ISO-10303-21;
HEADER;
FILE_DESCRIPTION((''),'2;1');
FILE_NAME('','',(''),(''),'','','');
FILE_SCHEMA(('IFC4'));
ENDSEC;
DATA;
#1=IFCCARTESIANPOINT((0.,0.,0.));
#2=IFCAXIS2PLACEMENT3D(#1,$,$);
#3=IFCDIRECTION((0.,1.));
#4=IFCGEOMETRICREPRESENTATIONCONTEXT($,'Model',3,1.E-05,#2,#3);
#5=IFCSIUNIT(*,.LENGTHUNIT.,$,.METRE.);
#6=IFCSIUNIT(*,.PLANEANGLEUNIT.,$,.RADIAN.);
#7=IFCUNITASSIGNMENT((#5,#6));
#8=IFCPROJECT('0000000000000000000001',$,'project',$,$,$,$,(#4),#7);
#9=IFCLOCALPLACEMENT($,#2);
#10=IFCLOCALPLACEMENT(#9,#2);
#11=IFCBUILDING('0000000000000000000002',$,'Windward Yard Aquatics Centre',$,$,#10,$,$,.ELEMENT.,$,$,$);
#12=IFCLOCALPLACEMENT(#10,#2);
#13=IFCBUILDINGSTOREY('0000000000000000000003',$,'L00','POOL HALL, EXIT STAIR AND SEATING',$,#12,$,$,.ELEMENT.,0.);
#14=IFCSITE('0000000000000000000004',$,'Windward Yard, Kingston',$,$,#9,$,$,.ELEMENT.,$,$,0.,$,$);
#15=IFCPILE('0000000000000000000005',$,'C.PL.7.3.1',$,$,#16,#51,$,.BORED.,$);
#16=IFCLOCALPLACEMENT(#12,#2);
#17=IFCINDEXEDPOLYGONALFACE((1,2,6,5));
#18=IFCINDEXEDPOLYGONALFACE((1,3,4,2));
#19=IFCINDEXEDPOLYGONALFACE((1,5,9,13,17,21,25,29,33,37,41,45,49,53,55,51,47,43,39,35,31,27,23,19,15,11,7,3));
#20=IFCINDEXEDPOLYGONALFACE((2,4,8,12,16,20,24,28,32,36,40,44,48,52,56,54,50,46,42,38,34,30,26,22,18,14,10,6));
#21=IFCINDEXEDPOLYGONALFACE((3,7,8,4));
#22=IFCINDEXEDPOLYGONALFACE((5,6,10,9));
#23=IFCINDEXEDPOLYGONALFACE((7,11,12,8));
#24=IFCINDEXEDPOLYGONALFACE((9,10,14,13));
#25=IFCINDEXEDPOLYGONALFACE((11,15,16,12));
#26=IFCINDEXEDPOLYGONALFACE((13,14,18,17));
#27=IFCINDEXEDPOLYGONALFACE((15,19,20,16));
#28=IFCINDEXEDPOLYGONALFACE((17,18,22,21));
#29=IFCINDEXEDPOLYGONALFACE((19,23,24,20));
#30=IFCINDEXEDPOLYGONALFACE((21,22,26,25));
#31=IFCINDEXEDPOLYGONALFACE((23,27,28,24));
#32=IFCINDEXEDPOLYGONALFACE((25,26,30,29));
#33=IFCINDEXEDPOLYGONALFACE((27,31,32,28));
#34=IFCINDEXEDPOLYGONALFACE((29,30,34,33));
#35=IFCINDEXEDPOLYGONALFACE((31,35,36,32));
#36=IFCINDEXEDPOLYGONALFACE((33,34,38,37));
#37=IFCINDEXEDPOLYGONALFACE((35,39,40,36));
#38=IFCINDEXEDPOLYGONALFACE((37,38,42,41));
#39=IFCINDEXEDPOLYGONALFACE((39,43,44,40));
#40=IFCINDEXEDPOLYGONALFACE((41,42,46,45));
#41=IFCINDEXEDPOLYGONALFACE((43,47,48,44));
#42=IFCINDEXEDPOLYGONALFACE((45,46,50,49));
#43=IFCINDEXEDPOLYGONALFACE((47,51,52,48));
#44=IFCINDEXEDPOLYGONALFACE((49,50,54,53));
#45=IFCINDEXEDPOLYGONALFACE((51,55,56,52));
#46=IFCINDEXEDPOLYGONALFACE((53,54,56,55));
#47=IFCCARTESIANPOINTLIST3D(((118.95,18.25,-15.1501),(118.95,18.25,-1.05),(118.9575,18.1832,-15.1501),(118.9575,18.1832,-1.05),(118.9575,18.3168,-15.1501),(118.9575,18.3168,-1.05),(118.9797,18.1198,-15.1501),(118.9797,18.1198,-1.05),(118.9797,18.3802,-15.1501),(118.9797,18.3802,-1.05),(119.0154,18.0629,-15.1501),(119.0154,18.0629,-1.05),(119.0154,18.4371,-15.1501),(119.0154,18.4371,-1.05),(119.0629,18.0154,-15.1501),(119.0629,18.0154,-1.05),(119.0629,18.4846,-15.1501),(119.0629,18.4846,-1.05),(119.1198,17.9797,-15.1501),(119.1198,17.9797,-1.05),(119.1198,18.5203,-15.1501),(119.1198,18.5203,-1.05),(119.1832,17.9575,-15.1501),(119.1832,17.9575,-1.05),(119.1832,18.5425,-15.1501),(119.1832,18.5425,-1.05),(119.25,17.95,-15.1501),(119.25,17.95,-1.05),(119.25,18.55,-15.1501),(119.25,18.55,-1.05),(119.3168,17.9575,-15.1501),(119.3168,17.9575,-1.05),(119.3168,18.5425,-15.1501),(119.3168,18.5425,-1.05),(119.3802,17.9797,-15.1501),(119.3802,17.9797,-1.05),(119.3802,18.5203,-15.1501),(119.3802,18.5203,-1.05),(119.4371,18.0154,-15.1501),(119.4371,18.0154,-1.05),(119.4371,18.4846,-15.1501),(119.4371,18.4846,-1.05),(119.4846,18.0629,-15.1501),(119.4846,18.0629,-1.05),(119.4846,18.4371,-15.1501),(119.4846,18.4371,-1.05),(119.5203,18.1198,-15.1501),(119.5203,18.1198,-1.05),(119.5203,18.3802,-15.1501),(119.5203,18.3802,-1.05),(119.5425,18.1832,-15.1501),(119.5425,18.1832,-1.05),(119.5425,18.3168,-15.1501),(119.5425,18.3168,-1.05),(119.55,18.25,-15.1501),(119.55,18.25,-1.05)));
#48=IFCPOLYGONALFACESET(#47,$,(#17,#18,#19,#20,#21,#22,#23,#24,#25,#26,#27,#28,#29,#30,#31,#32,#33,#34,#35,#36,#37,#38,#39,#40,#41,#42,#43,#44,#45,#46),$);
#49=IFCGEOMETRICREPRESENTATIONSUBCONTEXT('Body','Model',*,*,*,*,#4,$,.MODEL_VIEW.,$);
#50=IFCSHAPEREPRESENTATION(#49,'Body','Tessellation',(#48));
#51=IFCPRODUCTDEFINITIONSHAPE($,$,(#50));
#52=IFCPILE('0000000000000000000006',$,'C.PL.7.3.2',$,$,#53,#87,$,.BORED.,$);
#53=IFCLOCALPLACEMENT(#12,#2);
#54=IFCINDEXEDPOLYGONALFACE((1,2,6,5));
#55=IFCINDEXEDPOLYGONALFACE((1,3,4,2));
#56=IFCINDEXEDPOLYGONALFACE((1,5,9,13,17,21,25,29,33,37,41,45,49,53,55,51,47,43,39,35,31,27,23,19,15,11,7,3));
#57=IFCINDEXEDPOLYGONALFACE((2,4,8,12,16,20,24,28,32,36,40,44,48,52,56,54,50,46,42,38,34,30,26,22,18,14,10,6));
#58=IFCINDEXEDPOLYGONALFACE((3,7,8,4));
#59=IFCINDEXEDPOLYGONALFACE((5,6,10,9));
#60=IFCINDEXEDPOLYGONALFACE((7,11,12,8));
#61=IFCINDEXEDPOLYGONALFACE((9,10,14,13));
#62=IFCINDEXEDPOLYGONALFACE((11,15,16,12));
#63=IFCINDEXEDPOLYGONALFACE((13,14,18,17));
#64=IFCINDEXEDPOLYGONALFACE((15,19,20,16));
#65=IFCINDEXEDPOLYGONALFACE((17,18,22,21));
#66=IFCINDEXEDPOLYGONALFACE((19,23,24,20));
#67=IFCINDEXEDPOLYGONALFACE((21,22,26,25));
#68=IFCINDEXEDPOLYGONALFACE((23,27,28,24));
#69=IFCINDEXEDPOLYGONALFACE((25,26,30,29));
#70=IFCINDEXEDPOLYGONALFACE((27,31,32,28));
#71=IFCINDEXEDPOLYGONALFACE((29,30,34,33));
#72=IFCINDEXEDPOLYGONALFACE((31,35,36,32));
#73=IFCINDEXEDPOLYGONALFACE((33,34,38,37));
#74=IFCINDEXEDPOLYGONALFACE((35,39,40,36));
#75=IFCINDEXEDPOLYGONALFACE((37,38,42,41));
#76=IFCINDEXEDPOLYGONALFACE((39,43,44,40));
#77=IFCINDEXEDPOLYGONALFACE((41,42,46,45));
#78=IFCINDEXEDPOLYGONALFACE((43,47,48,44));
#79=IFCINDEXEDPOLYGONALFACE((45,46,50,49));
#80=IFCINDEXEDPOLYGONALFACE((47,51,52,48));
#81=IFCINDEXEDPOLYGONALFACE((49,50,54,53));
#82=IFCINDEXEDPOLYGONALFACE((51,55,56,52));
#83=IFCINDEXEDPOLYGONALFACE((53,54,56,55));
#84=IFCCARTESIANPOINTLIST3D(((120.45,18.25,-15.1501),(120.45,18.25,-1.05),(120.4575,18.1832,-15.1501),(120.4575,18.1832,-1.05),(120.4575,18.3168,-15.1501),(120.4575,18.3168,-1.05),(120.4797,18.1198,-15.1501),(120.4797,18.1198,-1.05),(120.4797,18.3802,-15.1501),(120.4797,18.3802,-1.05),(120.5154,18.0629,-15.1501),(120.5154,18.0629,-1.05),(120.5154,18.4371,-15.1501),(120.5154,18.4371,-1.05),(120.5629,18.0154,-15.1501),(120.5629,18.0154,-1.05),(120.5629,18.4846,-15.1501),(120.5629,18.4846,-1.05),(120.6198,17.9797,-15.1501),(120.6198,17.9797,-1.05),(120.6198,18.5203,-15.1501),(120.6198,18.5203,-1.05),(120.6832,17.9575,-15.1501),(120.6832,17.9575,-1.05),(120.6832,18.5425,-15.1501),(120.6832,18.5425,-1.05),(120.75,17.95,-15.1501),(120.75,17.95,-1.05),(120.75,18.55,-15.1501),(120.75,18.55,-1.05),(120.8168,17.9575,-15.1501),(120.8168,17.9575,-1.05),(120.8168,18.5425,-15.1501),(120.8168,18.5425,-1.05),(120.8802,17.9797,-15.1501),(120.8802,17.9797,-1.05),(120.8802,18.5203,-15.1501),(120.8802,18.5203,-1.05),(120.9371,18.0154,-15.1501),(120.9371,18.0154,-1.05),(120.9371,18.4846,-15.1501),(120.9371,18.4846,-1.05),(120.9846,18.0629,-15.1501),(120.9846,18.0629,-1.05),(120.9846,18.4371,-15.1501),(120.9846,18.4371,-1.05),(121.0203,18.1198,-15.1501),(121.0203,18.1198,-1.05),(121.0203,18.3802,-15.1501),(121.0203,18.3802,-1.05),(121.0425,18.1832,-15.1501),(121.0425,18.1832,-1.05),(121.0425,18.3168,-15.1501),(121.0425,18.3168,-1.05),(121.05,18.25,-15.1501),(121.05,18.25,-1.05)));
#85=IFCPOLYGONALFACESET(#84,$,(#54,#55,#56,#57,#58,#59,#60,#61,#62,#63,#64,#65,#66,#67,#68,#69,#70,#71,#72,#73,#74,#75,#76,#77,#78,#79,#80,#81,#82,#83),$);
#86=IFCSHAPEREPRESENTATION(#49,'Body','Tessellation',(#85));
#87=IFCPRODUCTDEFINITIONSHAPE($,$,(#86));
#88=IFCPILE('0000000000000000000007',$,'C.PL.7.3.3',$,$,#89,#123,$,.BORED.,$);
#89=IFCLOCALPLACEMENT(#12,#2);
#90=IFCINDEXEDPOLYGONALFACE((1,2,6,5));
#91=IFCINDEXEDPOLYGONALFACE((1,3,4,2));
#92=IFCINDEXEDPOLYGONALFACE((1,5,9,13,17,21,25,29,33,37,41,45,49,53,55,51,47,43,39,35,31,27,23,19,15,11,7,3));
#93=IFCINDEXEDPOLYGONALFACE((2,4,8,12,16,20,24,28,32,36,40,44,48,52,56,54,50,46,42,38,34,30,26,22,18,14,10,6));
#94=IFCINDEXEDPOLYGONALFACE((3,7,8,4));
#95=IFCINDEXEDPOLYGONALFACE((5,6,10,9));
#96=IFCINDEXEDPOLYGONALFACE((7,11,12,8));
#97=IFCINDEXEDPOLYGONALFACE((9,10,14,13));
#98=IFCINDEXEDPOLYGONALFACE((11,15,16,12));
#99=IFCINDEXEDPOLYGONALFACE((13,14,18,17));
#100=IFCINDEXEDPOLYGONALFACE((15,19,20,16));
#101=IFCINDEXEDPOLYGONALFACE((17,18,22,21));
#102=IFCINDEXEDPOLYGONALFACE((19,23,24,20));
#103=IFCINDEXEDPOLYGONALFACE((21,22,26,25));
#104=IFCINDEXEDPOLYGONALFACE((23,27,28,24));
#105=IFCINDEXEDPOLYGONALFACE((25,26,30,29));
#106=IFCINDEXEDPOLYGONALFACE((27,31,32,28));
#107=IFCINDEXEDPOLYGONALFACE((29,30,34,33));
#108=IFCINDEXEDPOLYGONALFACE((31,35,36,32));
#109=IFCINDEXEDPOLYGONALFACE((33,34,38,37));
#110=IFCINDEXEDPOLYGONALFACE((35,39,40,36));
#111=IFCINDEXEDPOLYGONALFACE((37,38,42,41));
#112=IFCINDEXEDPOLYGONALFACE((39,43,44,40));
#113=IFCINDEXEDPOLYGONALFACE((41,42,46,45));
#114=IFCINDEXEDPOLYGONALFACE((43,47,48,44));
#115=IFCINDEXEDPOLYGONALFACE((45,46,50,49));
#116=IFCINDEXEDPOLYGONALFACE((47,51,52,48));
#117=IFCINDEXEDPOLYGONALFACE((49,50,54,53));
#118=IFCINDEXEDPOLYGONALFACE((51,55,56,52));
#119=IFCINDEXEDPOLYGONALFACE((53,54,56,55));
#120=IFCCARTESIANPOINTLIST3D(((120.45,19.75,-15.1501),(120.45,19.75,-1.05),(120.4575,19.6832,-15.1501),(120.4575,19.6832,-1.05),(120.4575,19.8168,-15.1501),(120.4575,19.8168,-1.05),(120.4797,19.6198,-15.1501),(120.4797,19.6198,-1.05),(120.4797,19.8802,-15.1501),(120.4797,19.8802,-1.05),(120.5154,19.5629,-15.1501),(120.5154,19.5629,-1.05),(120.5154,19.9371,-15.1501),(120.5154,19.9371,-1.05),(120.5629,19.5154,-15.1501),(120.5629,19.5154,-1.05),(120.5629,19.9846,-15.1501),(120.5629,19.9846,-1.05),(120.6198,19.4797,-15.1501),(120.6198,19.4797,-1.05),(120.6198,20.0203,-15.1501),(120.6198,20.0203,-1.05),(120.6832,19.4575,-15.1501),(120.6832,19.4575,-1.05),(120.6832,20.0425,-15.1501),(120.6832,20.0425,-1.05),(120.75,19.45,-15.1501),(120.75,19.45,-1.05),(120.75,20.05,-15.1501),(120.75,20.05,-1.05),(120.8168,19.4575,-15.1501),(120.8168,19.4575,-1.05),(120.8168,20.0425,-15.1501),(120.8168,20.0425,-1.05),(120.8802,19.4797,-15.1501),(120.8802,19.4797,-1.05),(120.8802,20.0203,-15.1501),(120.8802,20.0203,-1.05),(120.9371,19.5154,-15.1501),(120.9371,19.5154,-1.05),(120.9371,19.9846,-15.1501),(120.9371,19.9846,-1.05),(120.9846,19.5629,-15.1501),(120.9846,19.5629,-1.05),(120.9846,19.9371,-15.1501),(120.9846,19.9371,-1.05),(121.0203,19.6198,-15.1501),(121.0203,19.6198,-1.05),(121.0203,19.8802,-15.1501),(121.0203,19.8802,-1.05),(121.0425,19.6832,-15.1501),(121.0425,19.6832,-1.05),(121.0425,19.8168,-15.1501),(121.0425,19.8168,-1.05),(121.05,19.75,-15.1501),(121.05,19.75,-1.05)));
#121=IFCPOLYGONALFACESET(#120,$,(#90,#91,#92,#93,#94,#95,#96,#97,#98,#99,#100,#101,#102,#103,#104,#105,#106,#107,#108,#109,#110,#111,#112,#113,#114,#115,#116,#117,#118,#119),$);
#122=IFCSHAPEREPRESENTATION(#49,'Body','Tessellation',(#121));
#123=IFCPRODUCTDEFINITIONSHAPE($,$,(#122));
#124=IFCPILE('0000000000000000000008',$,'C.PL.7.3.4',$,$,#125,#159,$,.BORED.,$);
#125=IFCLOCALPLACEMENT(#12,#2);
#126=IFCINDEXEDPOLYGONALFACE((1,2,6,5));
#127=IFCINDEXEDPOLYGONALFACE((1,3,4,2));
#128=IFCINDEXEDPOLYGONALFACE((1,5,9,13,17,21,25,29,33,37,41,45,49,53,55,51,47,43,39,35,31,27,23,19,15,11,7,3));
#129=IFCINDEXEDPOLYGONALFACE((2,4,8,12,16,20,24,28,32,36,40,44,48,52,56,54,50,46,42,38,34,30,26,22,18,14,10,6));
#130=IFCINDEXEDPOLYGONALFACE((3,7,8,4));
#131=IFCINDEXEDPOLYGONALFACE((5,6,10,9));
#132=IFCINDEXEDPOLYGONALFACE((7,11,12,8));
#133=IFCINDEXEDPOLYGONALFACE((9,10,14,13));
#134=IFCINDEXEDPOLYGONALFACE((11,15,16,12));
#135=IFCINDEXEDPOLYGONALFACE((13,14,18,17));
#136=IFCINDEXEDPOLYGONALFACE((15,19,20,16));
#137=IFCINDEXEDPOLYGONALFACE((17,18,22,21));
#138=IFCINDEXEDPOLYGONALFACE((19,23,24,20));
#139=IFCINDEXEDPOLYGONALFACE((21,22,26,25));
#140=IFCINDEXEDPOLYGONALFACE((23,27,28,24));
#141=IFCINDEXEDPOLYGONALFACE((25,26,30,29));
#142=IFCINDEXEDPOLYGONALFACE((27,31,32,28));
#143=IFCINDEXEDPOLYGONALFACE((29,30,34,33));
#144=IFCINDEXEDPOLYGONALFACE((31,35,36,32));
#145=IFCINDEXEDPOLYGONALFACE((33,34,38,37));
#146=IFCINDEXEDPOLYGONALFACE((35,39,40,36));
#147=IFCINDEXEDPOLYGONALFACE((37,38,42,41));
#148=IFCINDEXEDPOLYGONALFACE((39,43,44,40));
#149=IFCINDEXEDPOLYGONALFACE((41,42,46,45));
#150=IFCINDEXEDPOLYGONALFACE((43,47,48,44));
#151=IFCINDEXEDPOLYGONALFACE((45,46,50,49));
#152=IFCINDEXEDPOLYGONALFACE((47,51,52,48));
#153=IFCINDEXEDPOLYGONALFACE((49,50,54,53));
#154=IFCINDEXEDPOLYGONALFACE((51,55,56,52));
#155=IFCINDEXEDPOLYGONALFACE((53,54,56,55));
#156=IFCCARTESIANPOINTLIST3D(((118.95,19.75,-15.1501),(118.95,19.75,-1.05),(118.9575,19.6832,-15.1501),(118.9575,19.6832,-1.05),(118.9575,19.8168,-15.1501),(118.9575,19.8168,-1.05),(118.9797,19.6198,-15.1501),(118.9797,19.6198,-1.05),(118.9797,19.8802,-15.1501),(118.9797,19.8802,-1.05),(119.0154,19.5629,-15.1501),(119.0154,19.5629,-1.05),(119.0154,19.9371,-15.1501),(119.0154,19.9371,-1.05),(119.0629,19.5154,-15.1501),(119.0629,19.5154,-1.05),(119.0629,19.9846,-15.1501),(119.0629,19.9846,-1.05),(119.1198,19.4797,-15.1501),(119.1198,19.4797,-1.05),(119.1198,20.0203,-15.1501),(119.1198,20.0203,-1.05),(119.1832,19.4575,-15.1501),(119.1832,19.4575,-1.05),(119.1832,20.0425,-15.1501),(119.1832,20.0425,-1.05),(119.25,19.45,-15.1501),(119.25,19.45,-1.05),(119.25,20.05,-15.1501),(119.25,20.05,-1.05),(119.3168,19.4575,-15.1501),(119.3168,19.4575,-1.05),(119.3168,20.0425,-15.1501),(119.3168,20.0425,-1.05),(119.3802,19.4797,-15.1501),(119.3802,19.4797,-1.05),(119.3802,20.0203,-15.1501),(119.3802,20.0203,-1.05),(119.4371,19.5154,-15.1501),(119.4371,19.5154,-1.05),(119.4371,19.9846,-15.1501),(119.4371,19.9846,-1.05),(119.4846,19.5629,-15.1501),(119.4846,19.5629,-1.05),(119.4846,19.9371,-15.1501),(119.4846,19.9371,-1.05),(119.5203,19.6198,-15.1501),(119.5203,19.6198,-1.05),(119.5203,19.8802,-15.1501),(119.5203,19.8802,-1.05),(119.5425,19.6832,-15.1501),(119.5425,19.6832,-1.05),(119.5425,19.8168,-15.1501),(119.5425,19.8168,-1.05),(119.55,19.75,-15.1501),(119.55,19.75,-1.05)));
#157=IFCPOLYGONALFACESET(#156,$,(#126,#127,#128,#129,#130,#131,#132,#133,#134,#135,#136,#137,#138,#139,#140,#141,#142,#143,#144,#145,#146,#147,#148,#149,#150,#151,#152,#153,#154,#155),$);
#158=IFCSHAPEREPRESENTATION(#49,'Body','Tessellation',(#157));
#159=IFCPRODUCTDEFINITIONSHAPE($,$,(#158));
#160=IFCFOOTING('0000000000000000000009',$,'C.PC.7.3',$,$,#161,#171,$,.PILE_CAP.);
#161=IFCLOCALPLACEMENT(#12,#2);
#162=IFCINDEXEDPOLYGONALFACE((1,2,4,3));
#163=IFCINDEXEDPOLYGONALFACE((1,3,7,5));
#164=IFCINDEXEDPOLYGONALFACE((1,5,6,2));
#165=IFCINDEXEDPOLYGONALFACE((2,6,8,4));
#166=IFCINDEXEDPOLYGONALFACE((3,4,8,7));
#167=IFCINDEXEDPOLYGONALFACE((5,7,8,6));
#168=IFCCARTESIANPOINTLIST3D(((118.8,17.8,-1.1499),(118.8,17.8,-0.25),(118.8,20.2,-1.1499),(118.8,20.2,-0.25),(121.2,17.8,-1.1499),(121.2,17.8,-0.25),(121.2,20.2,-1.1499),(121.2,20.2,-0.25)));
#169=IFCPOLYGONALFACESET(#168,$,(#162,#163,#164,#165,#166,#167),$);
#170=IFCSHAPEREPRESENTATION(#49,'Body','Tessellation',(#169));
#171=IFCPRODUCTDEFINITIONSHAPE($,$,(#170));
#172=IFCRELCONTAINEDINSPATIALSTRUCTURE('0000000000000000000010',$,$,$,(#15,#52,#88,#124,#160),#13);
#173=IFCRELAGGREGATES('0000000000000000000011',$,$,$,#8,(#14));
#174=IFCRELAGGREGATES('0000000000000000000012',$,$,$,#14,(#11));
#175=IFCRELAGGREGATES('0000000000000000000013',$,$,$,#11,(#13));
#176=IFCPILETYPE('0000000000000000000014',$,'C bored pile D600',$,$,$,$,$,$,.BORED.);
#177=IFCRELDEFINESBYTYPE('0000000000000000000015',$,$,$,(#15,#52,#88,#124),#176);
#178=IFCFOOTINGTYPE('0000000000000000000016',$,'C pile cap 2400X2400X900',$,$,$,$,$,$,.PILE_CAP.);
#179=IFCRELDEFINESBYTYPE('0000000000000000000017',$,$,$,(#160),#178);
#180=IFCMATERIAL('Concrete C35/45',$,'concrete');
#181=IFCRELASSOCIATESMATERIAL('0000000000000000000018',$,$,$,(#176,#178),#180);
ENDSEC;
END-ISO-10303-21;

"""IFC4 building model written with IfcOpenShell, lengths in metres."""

from ifc_helpers import new_model, si_unit, direction, frame, origin, origin_2d, place, context, subcontext, project, spatial, rectangle, circle, extrude, material, material_profile, profile_set, type_object, element, save


model = new_model("IFC4")

# Units and contexts
model_context = context("Model", 3, precision=1e-05, world=origin(), true_north=direction((0.0, 1.0)))
body_context = subcontext(model_context, "Body", "Model", "MODEL_VIEW")
ifc_project = project(units=[si_unit("LENGTHUNIT", "METRE"), si_unit("PLANEANGLEUNIT", "RADIAN")], contexts=[model_context])

# Site, building, storey
site_placement = place(None, origin())
site = spatial("IfcSite", under=ifc_project, at=site_placement, Name="Windward Yard, Kingston", CompositionType="ELEMENT", RefElevation=0.0)
building_placement = place(site_placement, origin())
building = spatial("IfcBuilding", under=site, at=building_placement, Name="Windward Yard Aquatics Centre", CompositionType="ELEMENT")
storey_placement = place(building_placement, origin())
storey = spatial("IfcBuildingStorey", under=building, at=storey_placement, Name="L00", Description="POOL HALL, EXIT STAIR AND SEATING", CompositionType="ELEMENT", Elevation=0.0)

# Piles
ifc_material_1 = material(Name="Concrete C35/45", Category="concrete")
ifc_material_profile_1 = material_profile(ifc_material_1, circle(Radius=0.3, at=origin_2d()), Name="RC D600")
ifc_profile_set_1 = profile_set([ifc_material_profile_1], Name="Concrete C35/45")
pile_type_1 = type_object("IfcPileType", Name="C bored pile D600", PredefinedType="BORED", material=ifc_profile_set_1)
for number, where, z_axis, x_axis, name in (
    (1, (119.25, 18.25, -1.05), (0.0, 0.0, -1.0), (1.0, 0.0, 0.0), "C.PL.7.3.1"),
    (2, (120.75, 18.25, -1.05), (0.0, 0.0, -1.0), (1.0, 0.0, 0.0), "C.PL.7.3.2"),
    (3, (120.75, 19.75, -1.05), (0.0, 0.0, -1.0), (1.0, 0.0, 0.0), "C.PL.7.3.3"),
    (4, (119.25, 19.75, -1.05), (0.0, 0.0, -1.0), (1.0, 0.0, 0.0), "C.PL.7.3.4"),
):
    element("IfcPile", number, at=place(storey_placement, frame(where, z_axis=z_axis, x_axis=x_axis)), inside=storey, type_object=pile_type_1, Name=name, PredefinedType="BORED", context=body_context, shape_type="SweptSolid", body=[
        extrude(circle(Radius=0.3, at=origin_2d()), origin(), (0.0, 0.0, 1.0), 14.1001),
    ])

# Footing
footing_type = type_object("IfcFootingType", Name="C pile cap 2400X2400X900", PredefinedType="PILE_CAP", material=ifc_material_1)
footing_placement = place(storey_placement, frame((120.0, 19.0, -1.1499), z_axis=(0.0, 0.0, 1.0), x_axis=(1.0, 0.0, 0.0)))
element("IfcFooting", 5, at=footing_placement, inside=storey, type_object=footing_type, Name="C.PC.7.3", PredefinedType="PILE_CAP", context=body_context, shape_type="SweptSolid", body=[
    extrude(rectangle(XDim=2.3999, YDim=2.3999, at=origin_2d()), origin(), (0.0, 0.0, 1.0), 0.8999),
])

save(model, "model.ifc")
